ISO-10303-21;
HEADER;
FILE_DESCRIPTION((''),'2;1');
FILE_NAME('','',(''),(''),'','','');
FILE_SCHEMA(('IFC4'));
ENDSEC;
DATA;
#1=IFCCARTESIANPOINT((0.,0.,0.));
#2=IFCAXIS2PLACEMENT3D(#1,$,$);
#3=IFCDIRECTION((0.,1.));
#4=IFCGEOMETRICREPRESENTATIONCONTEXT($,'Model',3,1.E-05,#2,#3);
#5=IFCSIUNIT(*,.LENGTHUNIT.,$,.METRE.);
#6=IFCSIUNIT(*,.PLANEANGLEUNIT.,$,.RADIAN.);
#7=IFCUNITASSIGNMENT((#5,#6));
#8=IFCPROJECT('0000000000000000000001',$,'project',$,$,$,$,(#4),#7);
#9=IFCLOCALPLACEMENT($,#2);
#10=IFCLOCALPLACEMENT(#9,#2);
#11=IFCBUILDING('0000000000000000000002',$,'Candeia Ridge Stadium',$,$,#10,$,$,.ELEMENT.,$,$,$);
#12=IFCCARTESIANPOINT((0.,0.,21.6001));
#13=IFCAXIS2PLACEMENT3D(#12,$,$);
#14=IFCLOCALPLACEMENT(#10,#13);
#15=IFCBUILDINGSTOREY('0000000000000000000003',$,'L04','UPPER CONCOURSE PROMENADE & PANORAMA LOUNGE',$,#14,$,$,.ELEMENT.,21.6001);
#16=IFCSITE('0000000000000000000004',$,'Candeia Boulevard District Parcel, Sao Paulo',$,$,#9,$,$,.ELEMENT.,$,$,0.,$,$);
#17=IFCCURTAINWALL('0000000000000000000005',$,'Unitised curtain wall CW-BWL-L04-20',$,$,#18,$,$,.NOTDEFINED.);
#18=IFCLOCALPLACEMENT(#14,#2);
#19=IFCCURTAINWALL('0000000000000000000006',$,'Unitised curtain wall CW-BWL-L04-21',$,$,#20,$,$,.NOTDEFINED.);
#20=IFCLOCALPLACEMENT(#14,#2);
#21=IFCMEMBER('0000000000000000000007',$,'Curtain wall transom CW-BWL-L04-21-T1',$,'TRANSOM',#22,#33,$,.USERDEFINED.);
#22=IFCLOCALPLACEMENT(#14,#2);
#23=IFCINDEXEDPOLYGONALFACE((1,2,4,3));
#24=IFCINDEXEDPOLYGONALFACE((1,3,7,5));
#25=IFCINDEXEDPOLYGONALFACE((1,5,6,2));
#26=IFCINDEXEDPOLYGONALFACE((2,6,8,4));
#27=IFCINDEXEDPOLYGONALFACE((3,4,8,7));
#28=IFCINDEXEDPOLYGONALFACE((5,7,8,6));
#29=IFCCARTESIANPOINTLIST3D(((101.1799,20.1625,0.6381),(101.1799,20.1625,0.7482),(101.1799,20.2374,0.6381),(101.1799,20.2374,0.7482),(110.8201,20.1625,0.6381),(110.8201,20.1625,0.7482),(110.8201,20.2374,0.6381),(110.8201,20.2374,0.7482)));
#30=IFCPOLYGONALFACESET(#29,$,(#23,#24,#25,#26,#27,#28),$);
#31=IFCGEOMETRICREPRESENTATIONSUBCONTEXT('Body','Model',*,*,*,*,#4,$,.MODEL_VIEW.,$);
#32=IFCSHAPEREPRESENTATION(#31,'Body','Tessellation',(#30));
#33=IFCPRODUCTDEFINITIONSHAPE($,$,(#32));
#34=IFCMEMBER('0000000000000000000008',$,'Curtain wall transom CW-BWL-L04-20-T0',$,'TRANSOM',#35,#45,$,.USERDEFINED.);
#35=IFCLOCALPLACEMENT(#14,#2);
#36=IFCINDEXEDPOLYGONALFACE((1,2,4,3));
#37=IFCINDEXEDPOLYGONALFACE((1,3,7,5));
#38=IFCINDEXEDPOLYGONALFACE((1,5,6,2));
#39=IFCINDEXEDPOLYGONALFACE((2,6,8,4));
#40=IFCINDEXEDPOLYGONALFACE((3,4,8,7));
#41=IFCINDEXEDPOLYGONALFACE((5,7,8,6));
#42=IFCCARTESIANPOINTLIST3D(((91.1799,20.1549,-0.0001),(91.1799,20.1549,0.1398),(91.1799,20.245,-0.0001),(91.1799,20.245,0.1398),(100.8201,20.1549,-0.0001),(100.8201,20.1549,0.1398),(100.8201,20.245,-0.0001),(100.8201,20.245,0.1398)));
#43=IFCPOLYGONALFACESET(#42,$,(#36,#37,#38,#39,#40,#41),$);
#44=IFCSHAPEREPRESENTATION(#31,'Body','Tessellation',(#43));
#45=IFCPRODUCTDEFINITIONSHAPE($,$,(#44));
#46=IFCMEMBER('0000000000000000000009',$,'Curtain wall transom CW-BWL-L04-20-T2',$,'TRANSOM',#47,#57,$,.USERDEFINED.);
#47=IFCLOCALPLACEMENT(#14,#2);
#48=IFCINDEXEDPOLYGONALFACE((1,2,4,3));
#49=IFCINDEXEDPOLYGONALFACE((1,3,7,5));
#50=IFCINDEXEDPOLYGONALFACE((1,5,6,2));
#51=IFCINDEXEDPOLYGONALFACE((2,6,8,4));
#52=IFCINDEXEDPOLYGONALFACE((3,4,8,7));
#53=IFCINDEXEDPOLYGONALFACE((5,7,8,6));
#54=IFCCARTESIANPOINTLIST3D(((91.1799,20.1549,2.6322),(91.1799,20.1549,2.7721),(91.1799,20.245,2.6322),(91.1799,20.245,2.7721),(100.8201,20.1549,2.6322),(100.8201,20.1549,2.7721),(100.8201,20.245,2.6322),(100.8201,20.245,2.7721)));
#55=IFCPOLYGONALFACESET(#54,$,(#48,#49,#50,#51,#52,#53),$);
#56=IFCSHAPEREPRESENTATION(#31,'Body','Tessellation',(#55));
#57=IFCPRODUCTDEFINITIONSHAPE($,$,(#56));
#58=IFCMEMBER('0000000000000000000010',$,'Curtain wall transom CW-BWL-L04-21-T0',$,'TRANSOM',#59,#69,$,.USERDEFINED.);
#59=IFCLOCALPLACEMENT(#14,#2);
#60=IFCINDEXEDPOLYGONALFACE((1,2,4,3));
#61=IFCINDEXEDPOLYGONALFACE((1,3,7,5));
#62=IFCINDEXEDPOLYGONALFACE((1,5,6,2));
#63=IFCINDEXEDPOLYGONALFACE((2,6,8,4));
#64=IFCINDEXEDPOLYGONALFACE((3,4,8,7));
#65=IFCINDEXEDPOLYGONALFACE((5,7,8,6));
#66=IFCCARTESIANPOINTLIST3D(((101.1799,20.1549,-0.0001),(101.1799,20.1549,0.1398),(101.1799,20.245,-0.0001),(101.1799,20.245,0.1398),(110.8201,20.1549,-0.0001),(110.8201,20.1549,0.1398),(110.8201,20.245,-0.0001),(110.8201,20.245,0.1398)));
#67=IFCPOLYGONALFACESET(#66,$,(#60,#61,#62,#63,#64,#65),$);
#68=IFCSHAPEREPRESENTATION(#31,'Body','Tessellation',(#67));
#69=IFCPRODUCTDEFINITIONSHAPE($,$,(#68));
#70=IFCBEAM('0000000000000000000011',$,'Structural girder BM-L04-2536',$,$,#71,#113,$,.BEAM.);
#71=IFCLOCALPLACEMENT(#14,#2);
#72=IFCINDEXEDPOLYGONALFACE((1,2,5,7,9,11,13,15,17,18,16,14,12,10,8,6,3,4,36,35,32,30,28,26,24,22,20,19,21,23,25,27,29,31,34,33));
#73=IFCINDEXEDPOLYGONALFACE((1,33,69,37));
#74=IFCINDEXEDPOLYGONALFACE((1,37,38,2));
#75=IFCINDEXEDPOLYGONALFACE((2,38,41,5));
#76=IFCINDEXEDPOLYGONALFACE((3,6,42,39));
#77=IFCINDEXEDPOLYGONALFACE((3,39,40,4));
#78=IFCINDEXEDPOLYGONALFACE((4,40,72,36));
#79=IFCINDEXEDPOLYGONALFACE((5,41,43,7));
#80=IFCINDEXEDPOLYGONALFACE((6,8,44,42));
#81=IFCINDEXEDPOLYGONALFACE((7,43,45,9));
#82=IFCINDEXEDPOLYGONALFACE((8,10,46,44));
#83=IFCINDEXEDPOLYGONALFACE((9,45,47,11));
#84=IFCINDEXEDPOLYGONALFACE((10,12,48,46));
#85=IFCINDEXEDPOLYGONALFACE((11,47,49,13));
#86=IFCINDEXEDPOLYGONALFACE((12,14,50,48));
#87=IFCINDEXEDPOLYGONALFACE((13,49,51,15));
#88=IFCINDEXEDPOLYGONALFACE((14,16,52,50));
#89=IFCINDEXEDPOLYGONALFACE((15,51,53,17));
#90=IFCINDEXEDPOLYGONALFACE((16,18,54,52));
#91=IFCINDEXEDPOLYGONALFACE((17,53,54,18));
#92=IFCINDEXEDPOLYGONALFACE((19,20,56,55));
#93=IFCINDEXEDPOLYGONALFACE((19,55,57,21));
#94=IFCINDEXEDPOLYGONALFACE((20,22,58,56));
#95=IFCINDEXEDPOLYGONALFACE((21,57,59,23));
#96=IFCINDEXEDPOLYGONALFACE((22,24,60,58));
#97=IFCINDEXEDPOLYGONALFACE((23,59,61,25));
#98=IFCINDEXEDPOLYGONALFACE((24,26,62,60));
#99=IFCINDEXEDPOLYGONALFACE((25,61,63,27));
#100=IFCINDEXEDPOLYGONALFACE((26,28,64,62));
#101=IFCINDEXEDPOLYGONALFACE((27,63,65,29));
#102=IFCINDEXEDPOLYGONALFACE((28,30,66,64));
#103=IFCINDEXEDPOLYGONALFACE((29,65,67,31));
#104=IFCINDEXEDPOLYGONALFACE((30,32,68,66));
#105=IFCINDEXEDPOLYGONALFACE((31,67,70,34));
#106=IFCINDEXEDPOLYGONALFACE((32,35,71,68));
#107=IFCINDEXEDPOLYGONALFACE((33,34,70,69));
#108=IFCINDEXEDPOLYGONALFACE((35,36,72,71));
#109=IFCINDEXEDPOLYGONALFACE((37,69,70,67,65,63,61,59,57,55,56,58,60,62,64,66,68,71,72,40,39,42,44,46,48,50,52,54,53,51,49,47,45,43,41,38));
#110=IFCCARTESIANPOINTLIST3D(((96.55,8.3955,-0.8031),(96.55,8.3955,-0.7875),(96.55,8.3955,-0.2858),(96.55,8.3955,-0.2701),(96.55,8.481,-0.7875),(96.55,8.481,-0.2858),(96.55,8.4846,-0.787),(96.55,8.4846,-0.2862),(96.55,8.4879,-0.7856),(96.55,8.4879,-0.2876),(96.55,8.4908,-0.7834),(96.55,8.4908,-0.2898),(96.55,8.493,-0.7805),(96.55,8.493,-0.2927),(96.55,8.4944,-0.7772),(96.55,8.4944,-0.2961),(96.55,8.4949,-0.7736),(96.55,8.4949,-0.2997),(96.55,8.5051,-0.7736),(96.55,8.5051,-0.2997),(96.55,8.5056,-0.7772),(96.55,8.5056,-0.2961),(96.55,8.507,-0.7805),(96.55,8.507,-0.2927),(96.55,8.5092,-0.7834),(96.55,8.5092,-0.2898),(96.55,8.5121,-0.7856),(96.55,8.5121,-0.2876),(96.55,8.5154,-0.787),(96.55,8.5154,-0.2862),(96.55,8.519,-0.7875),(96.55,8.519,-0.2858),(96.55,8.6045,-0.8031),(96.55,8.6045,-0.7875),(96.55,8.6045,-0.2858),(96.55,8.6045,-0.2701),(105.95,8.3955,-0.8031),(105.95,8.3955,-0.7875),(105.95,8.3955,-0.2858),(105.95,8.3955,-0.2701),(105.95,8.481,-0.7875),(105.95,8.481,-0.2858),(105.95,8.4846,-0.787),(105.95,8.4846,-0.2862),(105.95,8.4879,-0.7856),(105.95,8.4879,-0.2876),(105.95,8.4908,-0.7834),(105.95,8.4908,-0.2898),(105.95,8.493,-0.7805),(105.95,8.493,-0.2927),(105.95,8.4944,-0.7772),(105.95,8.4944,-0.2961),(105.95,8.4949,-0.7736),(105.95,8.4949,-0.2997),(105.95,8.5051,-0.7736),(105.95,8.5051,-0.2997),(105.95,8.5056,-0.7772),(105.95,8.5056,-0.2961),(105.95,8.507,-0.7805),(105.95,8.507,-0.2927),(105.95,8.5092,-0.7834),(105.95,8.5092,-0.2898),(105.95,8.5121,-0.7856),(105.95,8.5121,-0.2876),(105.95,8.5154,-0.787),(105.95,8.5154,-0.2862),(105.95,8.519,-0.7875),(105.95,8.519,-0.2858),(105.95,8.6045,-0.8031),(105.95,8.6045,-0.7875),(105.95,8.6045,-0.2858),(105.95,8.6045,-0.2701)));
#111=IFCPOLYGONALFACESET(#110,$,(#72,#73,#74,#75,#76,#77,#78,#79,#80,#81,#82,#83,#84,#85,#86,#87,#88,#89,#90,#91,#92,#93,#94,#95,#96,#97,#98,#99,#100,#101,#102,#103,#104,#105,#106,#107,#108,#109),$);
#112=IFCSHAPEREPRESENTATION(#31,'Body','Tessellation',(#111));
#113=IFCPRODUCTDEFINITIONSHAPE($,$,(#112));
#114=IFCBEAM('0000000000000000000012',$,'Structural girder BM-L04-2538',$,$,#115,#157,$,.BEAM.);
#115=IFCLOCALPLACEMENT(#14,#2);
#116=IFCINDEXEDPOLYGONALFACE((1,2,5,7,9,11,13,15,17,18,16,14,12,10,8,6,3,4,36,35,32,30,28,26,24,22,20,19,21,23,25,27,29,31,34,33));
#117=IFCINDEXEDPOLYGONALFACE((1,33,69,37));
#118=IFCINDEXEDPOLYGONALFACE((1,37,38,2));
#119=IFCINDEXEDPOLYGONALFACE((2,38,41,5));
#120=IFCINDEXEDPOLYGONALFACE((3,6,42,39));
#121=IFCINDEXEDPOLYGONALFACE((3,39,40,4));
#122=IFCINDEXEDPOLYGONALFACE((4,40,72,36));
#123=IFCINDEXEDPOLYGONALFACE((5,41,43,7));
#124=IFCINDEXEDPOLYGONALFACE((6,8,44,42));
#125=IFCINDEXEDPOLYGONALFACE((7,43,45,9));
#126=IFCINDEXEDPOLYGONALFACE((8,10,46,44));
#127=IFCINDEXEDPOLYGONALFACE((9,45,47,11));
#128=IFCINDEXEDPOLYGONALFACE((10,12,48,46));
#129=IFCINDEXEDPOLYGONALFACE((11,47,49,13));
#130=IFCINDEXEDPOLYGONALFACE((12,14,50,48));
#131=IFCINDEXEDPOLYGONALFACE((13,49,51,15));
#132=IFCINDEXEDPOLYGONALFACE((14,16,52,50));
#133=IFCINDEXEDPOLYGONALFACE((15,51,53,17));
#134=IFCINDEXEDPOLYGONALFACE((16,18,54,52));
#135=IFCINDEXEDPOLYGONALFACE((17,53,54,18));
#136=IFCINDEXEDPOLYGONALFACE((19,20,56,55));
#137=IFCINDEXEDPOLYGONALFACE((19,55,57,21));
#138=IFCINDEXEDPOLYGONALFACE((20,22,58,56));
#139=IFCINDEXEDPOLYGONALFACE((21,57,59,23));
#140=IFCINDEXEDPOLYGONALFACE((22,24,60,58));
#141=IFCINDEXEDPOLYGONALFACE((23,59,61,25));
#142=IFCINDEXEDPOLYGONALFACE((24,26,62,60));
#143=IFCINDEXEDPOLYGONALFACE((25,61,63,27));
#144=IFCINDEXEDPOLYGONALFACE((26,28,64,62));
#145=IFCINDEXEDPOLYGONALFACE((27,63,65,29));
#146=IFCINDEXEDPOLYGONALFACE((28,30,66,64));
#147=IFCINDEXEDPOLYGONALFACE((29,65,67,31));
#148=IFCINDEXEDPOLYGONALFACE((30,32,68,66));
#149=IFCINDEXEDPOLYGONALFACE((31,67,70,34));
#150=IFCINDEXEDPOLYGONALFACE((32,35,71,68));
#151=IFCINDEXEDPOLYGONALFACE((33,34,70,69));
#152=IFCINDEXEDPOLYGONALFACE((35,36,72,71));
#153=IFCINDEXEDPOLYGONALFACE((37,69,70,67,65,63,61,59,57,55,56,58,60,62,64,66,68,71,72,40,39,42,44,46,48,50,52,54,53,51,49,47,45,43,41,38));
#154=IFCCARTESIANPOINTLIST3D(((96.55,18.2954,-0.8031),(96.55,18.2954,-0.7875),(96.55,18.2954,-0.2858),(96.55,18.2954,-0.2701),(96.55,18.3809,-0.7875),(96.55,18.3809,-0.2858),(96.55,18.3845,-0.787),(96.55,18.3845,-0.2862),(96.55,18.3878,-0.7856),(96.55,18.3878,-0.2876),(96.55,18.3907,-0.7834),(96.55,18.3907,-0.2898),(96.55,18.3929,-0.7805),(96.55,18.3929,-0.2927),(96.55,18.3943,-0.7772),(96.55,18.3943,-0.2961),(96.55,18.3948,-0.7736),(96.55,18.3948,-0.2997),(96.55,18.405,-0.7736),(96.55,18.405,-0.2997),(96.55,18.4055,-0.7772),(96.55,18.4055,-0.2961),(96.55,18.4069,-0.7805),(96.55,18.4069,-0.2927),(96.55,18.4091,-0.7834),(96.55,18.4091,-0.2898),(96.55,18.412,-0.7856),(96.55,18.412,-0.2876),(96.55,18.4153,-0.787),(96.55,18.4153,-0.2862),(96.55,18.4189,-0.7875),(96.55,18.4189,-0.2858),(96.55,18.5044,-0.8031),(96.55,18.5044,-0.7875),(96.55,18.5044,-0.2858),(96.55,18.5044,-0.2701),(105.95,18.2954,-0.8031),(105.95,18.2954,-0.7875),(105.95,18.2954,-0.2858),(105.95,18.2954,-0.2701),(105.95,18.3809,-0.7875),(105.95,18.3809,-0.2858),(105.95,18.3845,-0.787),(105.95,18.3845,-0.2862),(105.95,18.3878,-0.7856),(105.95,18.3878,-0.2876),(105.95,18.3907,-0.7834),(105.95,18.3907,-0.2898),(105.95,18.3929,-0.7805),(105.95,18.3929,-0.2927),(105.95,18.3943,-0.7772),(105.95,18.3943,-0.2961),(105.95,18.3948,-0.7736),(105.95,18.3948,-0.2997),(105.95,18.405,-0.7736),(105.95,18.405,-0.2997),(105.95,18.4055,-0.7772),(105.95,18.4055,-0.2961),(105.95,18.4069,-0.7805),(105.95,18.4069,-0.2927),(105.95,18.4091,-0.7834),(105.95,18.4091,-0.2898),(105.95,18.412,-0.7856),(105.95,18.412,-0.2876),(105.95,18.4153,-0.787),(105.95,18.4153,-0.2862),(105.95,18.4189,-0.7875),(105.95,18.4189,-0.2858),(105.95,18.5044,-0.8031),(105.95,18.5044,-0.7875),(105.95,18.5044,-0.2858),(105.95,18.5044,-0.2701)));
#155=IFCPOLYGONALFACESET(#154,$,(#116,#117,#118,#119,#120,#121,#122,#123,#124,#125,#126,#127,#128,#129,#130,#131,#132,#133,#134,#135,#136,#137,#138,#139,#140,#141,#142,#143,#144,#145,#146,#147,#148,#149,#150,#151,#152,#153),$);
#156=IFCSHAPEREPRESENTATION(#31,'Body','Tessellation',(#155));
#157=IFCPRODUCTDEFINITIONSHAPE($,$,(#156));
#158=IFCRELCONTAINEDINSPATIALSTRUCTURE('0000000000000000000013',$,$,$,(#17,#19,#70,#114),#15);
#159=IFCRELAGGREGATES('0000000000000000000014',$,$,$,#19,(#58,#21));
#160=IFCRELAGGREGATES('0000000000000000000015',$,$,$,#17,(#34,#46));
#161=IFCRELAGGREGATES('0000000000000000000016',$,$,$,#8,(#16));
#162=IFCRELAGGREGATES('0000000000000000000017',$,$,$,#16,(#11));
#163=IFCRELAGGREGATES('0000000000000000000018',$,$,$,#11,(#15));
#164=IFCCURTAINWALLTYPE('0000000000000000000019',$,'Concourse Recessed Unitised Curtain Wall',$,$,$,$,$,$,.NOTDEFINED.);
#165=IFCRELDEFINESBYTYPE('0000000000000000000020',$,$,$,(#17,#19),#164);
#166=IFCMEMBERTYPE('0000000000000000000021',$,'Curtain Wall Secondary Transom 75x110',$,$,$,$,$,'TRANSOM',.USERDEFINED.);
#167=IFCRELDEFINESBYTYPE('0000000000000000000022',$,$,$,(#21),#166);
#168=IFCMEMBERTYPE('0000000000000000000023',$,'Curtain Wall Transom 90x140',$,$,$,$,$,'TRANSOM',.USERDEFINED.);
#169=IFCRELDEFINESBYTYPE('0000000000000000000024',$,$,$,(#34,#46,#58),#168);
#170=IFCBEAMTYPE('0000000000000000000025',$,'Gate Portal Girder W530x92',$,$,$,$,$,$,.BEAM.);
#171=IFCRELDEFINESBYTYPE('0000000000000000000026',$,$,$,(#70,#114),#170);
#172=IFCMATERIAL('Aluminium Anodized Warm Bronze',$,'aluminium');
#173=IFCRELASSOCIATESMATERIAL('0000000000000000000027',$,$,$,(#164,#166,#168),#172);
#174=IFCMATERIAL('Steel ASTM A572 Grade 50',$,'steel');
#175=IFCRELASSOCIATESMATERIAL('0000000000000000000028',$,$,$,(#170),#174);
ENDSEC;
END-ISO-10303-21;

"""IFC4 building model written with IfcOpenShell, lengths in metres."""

from ifc_helpers import new_model, si_unit, direction, frame, origin, origin_2d, place, context, subcontext, project, spatial, rectangle, i_section, extrude, material, material_profile, profile_set, type_object, element, aggregate, save


model = new_model("IFC4")

# Units and contexts
model_context = context("Model", 3, precision=1e-05, world=origin(), true_north=direction((0.0, 1.0)))
body_context = subcontext(model_context, "Body", "Model", "MODEL_VIEW")
ifc_project = project(units=[si_unit("LENGTHUNIT", "METRE"), si_unit("PLANEANGLEUNIT", "RADIAN")], contexts=[model_context])

# Site, building, storey
site_placement = place(None, origin())
site = spatial("IfcSite", under=ifc_project, at=site_placement, Name="Candeia Boulevard District Parcel, Sao Paulo", CompositionType="ELEMENT", RefElevation=0.0)
building_placement = place(site_placement, origin())
building = spatial("IfcBuilding", under=site, at=building_placement, Name="Candeia Ridge Stadium", CompositionType="ELEMENT")
storey_placement = place(building_placement, frame((0.0, 0.0, 21.6001)))
storey = spatial("IfcBuildingStorey", under=building, at=storey_placement, Name="L04", Description="UPPER CONCOURSE PROMENADE & PANORAMA LOUNGE", CompositionType="ELEMENT", Elevation=21.6001)

# Shared definitions
ifc_material_1 = material(Name="Steel ASTM A572 Grade 50", Category="steel")

# Shared definitions
ifc_material_2 = material(Name="Aluminium Anodized Warm Bronze", Category="aluminium")
curtain_wall_type = type_object("IfcCurtainWallType", Name="Concourse Recessed Unitised Curtain Wall", PredefinedType="NOTDEFINED", material=ifc_material_2)

# Curtain wall
curtain_wall_1_placement = place(storey_placement, origin())
curtain_wall_1 = element("IfcCurtainWall", 1, at=curtain_wall_1_placement, inside=storey, type_object=curtain_wall_type, Name="Unitised curtain wall CW-BWL-L04-20", PredefinedType="NOTDEFINED")

# Curtain wall
curtain_wall_2_placement = place(storey_placement, origin())
curtain_wall_2 = element("IfcCurtainWall", 2, at=curtain_wall_2_placement, inside=storey, type_object=curtain_wall_type, Name="Unitised curtain wall CW-BWL-L04-21", PredefinedType="NOTDEFINED")

# Members
ifc_material_profile_1 = material_profile(ifc_material_2, rectangle(XDim=0.075, YDim=0.1101, at=origin_2d()), Name="CWT-75x110", Category="aluminium")
ifc_profile_set_1 = profile_set([ifc_material_profile_1], Name="Aluminium Anodized Warm Bronze")
member_type_1 = type_object("IfcMemberType", Name="Curtain Wall Secondary Transom 75x110", ElementType="TRANSOM", PredefinedType="USERDEFINED", material=ifc_profile_set_1)
member_1_placement = place(storey_placement, frame((101.1799, 20.2, 0.6931), z_axis=(1.0, 0.0, 0.0), x_axis=(0.0, 1.0, 0.0)))
member_1 = element("IfcMember", 3, at=member_1_placement, type_object=member_type_1, Name="Curtain wall transom CW-BWL-L04-21-T1", ObjectType="TRANSOM", PredefinedType="USERDEFINED", context=body_context, shape_type="SweptSolid", body=[
    extrude(rectangle(XDim=0.075, YDim=0.1101, at=origin_2d()), origin(), (0.0, 0.0, 1.0), 9.6401),
])
ifc_material_profile_2 = material_profile(ifc_material_2, rectangle(XDim=0.0901, YDim=0.1399, at=origin_2d()), Name="CWT-90x140", Category="aluminium")
ifc_profile_set_2 = profile_set([ifc_material_profile_2], Name="Aluminium Anodized Warm Bronze")
member_type_2 = type_object("IfcMemberType", Name="Curtain Wall Transom 90x140", ElementType="TRANSOM", PredefinedType="USERDEFINED", material=ifc_profile_set_2)
member_2_placement = place(storey_placement, frame((91.1799, 20.2, 0.0698), z_axis=(1.0, 0.0, 0.0), x_axis=(0.0, 1.0, 0.0)))
member_2 = element("IfcMember", 4, at=member_2_placement, type_object=member_type_2, Name="Curtain wall transom CW-BWL-L04-20-T0", ObjectType="TRANSOM", PredefinedType="USERDEFINED", context=body_context, shape_type="SweptSolid", body=[
    extrude(rectangle(XDim=0.0901, YDim=0.1399, at=origin_2d()), origin(), (0.0, 0.0, 1.0), 9.6401),
])
member_3_placement = place(storey_placement, frame((91.1799, 20.2, 2.7021), z_axis=(1.0, 0.0, 0.0), x_axis=(0.0, 1.0, 0.0)))
member_3 = element("IfcMember", 5, at=member_3_placement, type_object=member_type_2, Name="Curtain wall transom CW-BWL-L04-20-T2", ObjectType="TRANSOM", PredefinedType="USERDEFINED", context=body_context, shape_type="SweptSolid", body=[
    extrude(rectangle(XDim=0.0901, YDim=0.1399, at=origin_2d()), origin(), (0.0, 0.0, 1.0), 9.6401),
])
member_4_placement = place(storey_placement, frame((101.1799, 20.2, 0.0698), z_axis=(1.0, 0.0, 0.0), x_axis=(0.0, 1.0, 0.0)))
member_4 = element("IfcMember", 6, at=member_4_placement, type_object=member_type_2, Name="Curtain wall transom CW-BWL-L04-21-T0", ObjectType="TRANSOM", PredefinedType="USERDEFINED", context=body_context, shape_type="SweptSolid", body=[
    extrude(rectangle(XDim=0.0901, YDim=0.1399, at=origin_2d()), origin(), (0.0, 0.0, 1.0), 9.6401),
])
aggregate(curtain_wall_2, [member_4, member_1])

# Beams
ifc_material_profile_3 = material_profile(ifc_material_1, i_section(OverallWidth=0.209, OverallDepth=0.533, WebThickness=0.0103, FlangeThickness=0.0156, FilletRadius=0.0139, at=origin_2d()), Name="W530x92", Category="steel")
ifc_profile_set_3 = profile_set([ifc_material_profile_3], Name="Steel ASTM A572 Grade 50")
beam_type_1 = type_object("IfcBeamType", Name="Gate Portal Girder W530x92", PredefinedType="BEAM", material=ifc_profile_set_3)
for number, where, z_axis, x_axis, name in (
    (7, (96.55, 8.5, -0.5366), (1.0, 0.0, 0.0), (0.0, 1.0, 0.0), "Structural girder BM-L04-2536"),
    (8, (96.55, 18.3999, -0.5366), (1.0, 0.0, 0.0), (0.0, 1.0, 0.0), "Structural girder BM-L04-2538"),
):
    element("IfcBeam", number, at=place(storey_placement, frame(where, z_axis=z_axis, x_axis=x_axis)), inside=storey, type_object=beam_type_1, Name=name, PredefinedType="BEAM", context=body_context, shape_type="SweptSolid", body=[
        extrude(i_section(OverallWidth=0.209, OverallDepth=0.533, WebThickness=0.0103, FlangeThickness=0.0156, FilletRadius=0.0139, at=origin_2d()), origin(), (0.0, 0.0, 1.0), 9.3999),
    ])

aggregate(curtain_wall_1, [member_2, member_3])

save(model, "model.ifc")
